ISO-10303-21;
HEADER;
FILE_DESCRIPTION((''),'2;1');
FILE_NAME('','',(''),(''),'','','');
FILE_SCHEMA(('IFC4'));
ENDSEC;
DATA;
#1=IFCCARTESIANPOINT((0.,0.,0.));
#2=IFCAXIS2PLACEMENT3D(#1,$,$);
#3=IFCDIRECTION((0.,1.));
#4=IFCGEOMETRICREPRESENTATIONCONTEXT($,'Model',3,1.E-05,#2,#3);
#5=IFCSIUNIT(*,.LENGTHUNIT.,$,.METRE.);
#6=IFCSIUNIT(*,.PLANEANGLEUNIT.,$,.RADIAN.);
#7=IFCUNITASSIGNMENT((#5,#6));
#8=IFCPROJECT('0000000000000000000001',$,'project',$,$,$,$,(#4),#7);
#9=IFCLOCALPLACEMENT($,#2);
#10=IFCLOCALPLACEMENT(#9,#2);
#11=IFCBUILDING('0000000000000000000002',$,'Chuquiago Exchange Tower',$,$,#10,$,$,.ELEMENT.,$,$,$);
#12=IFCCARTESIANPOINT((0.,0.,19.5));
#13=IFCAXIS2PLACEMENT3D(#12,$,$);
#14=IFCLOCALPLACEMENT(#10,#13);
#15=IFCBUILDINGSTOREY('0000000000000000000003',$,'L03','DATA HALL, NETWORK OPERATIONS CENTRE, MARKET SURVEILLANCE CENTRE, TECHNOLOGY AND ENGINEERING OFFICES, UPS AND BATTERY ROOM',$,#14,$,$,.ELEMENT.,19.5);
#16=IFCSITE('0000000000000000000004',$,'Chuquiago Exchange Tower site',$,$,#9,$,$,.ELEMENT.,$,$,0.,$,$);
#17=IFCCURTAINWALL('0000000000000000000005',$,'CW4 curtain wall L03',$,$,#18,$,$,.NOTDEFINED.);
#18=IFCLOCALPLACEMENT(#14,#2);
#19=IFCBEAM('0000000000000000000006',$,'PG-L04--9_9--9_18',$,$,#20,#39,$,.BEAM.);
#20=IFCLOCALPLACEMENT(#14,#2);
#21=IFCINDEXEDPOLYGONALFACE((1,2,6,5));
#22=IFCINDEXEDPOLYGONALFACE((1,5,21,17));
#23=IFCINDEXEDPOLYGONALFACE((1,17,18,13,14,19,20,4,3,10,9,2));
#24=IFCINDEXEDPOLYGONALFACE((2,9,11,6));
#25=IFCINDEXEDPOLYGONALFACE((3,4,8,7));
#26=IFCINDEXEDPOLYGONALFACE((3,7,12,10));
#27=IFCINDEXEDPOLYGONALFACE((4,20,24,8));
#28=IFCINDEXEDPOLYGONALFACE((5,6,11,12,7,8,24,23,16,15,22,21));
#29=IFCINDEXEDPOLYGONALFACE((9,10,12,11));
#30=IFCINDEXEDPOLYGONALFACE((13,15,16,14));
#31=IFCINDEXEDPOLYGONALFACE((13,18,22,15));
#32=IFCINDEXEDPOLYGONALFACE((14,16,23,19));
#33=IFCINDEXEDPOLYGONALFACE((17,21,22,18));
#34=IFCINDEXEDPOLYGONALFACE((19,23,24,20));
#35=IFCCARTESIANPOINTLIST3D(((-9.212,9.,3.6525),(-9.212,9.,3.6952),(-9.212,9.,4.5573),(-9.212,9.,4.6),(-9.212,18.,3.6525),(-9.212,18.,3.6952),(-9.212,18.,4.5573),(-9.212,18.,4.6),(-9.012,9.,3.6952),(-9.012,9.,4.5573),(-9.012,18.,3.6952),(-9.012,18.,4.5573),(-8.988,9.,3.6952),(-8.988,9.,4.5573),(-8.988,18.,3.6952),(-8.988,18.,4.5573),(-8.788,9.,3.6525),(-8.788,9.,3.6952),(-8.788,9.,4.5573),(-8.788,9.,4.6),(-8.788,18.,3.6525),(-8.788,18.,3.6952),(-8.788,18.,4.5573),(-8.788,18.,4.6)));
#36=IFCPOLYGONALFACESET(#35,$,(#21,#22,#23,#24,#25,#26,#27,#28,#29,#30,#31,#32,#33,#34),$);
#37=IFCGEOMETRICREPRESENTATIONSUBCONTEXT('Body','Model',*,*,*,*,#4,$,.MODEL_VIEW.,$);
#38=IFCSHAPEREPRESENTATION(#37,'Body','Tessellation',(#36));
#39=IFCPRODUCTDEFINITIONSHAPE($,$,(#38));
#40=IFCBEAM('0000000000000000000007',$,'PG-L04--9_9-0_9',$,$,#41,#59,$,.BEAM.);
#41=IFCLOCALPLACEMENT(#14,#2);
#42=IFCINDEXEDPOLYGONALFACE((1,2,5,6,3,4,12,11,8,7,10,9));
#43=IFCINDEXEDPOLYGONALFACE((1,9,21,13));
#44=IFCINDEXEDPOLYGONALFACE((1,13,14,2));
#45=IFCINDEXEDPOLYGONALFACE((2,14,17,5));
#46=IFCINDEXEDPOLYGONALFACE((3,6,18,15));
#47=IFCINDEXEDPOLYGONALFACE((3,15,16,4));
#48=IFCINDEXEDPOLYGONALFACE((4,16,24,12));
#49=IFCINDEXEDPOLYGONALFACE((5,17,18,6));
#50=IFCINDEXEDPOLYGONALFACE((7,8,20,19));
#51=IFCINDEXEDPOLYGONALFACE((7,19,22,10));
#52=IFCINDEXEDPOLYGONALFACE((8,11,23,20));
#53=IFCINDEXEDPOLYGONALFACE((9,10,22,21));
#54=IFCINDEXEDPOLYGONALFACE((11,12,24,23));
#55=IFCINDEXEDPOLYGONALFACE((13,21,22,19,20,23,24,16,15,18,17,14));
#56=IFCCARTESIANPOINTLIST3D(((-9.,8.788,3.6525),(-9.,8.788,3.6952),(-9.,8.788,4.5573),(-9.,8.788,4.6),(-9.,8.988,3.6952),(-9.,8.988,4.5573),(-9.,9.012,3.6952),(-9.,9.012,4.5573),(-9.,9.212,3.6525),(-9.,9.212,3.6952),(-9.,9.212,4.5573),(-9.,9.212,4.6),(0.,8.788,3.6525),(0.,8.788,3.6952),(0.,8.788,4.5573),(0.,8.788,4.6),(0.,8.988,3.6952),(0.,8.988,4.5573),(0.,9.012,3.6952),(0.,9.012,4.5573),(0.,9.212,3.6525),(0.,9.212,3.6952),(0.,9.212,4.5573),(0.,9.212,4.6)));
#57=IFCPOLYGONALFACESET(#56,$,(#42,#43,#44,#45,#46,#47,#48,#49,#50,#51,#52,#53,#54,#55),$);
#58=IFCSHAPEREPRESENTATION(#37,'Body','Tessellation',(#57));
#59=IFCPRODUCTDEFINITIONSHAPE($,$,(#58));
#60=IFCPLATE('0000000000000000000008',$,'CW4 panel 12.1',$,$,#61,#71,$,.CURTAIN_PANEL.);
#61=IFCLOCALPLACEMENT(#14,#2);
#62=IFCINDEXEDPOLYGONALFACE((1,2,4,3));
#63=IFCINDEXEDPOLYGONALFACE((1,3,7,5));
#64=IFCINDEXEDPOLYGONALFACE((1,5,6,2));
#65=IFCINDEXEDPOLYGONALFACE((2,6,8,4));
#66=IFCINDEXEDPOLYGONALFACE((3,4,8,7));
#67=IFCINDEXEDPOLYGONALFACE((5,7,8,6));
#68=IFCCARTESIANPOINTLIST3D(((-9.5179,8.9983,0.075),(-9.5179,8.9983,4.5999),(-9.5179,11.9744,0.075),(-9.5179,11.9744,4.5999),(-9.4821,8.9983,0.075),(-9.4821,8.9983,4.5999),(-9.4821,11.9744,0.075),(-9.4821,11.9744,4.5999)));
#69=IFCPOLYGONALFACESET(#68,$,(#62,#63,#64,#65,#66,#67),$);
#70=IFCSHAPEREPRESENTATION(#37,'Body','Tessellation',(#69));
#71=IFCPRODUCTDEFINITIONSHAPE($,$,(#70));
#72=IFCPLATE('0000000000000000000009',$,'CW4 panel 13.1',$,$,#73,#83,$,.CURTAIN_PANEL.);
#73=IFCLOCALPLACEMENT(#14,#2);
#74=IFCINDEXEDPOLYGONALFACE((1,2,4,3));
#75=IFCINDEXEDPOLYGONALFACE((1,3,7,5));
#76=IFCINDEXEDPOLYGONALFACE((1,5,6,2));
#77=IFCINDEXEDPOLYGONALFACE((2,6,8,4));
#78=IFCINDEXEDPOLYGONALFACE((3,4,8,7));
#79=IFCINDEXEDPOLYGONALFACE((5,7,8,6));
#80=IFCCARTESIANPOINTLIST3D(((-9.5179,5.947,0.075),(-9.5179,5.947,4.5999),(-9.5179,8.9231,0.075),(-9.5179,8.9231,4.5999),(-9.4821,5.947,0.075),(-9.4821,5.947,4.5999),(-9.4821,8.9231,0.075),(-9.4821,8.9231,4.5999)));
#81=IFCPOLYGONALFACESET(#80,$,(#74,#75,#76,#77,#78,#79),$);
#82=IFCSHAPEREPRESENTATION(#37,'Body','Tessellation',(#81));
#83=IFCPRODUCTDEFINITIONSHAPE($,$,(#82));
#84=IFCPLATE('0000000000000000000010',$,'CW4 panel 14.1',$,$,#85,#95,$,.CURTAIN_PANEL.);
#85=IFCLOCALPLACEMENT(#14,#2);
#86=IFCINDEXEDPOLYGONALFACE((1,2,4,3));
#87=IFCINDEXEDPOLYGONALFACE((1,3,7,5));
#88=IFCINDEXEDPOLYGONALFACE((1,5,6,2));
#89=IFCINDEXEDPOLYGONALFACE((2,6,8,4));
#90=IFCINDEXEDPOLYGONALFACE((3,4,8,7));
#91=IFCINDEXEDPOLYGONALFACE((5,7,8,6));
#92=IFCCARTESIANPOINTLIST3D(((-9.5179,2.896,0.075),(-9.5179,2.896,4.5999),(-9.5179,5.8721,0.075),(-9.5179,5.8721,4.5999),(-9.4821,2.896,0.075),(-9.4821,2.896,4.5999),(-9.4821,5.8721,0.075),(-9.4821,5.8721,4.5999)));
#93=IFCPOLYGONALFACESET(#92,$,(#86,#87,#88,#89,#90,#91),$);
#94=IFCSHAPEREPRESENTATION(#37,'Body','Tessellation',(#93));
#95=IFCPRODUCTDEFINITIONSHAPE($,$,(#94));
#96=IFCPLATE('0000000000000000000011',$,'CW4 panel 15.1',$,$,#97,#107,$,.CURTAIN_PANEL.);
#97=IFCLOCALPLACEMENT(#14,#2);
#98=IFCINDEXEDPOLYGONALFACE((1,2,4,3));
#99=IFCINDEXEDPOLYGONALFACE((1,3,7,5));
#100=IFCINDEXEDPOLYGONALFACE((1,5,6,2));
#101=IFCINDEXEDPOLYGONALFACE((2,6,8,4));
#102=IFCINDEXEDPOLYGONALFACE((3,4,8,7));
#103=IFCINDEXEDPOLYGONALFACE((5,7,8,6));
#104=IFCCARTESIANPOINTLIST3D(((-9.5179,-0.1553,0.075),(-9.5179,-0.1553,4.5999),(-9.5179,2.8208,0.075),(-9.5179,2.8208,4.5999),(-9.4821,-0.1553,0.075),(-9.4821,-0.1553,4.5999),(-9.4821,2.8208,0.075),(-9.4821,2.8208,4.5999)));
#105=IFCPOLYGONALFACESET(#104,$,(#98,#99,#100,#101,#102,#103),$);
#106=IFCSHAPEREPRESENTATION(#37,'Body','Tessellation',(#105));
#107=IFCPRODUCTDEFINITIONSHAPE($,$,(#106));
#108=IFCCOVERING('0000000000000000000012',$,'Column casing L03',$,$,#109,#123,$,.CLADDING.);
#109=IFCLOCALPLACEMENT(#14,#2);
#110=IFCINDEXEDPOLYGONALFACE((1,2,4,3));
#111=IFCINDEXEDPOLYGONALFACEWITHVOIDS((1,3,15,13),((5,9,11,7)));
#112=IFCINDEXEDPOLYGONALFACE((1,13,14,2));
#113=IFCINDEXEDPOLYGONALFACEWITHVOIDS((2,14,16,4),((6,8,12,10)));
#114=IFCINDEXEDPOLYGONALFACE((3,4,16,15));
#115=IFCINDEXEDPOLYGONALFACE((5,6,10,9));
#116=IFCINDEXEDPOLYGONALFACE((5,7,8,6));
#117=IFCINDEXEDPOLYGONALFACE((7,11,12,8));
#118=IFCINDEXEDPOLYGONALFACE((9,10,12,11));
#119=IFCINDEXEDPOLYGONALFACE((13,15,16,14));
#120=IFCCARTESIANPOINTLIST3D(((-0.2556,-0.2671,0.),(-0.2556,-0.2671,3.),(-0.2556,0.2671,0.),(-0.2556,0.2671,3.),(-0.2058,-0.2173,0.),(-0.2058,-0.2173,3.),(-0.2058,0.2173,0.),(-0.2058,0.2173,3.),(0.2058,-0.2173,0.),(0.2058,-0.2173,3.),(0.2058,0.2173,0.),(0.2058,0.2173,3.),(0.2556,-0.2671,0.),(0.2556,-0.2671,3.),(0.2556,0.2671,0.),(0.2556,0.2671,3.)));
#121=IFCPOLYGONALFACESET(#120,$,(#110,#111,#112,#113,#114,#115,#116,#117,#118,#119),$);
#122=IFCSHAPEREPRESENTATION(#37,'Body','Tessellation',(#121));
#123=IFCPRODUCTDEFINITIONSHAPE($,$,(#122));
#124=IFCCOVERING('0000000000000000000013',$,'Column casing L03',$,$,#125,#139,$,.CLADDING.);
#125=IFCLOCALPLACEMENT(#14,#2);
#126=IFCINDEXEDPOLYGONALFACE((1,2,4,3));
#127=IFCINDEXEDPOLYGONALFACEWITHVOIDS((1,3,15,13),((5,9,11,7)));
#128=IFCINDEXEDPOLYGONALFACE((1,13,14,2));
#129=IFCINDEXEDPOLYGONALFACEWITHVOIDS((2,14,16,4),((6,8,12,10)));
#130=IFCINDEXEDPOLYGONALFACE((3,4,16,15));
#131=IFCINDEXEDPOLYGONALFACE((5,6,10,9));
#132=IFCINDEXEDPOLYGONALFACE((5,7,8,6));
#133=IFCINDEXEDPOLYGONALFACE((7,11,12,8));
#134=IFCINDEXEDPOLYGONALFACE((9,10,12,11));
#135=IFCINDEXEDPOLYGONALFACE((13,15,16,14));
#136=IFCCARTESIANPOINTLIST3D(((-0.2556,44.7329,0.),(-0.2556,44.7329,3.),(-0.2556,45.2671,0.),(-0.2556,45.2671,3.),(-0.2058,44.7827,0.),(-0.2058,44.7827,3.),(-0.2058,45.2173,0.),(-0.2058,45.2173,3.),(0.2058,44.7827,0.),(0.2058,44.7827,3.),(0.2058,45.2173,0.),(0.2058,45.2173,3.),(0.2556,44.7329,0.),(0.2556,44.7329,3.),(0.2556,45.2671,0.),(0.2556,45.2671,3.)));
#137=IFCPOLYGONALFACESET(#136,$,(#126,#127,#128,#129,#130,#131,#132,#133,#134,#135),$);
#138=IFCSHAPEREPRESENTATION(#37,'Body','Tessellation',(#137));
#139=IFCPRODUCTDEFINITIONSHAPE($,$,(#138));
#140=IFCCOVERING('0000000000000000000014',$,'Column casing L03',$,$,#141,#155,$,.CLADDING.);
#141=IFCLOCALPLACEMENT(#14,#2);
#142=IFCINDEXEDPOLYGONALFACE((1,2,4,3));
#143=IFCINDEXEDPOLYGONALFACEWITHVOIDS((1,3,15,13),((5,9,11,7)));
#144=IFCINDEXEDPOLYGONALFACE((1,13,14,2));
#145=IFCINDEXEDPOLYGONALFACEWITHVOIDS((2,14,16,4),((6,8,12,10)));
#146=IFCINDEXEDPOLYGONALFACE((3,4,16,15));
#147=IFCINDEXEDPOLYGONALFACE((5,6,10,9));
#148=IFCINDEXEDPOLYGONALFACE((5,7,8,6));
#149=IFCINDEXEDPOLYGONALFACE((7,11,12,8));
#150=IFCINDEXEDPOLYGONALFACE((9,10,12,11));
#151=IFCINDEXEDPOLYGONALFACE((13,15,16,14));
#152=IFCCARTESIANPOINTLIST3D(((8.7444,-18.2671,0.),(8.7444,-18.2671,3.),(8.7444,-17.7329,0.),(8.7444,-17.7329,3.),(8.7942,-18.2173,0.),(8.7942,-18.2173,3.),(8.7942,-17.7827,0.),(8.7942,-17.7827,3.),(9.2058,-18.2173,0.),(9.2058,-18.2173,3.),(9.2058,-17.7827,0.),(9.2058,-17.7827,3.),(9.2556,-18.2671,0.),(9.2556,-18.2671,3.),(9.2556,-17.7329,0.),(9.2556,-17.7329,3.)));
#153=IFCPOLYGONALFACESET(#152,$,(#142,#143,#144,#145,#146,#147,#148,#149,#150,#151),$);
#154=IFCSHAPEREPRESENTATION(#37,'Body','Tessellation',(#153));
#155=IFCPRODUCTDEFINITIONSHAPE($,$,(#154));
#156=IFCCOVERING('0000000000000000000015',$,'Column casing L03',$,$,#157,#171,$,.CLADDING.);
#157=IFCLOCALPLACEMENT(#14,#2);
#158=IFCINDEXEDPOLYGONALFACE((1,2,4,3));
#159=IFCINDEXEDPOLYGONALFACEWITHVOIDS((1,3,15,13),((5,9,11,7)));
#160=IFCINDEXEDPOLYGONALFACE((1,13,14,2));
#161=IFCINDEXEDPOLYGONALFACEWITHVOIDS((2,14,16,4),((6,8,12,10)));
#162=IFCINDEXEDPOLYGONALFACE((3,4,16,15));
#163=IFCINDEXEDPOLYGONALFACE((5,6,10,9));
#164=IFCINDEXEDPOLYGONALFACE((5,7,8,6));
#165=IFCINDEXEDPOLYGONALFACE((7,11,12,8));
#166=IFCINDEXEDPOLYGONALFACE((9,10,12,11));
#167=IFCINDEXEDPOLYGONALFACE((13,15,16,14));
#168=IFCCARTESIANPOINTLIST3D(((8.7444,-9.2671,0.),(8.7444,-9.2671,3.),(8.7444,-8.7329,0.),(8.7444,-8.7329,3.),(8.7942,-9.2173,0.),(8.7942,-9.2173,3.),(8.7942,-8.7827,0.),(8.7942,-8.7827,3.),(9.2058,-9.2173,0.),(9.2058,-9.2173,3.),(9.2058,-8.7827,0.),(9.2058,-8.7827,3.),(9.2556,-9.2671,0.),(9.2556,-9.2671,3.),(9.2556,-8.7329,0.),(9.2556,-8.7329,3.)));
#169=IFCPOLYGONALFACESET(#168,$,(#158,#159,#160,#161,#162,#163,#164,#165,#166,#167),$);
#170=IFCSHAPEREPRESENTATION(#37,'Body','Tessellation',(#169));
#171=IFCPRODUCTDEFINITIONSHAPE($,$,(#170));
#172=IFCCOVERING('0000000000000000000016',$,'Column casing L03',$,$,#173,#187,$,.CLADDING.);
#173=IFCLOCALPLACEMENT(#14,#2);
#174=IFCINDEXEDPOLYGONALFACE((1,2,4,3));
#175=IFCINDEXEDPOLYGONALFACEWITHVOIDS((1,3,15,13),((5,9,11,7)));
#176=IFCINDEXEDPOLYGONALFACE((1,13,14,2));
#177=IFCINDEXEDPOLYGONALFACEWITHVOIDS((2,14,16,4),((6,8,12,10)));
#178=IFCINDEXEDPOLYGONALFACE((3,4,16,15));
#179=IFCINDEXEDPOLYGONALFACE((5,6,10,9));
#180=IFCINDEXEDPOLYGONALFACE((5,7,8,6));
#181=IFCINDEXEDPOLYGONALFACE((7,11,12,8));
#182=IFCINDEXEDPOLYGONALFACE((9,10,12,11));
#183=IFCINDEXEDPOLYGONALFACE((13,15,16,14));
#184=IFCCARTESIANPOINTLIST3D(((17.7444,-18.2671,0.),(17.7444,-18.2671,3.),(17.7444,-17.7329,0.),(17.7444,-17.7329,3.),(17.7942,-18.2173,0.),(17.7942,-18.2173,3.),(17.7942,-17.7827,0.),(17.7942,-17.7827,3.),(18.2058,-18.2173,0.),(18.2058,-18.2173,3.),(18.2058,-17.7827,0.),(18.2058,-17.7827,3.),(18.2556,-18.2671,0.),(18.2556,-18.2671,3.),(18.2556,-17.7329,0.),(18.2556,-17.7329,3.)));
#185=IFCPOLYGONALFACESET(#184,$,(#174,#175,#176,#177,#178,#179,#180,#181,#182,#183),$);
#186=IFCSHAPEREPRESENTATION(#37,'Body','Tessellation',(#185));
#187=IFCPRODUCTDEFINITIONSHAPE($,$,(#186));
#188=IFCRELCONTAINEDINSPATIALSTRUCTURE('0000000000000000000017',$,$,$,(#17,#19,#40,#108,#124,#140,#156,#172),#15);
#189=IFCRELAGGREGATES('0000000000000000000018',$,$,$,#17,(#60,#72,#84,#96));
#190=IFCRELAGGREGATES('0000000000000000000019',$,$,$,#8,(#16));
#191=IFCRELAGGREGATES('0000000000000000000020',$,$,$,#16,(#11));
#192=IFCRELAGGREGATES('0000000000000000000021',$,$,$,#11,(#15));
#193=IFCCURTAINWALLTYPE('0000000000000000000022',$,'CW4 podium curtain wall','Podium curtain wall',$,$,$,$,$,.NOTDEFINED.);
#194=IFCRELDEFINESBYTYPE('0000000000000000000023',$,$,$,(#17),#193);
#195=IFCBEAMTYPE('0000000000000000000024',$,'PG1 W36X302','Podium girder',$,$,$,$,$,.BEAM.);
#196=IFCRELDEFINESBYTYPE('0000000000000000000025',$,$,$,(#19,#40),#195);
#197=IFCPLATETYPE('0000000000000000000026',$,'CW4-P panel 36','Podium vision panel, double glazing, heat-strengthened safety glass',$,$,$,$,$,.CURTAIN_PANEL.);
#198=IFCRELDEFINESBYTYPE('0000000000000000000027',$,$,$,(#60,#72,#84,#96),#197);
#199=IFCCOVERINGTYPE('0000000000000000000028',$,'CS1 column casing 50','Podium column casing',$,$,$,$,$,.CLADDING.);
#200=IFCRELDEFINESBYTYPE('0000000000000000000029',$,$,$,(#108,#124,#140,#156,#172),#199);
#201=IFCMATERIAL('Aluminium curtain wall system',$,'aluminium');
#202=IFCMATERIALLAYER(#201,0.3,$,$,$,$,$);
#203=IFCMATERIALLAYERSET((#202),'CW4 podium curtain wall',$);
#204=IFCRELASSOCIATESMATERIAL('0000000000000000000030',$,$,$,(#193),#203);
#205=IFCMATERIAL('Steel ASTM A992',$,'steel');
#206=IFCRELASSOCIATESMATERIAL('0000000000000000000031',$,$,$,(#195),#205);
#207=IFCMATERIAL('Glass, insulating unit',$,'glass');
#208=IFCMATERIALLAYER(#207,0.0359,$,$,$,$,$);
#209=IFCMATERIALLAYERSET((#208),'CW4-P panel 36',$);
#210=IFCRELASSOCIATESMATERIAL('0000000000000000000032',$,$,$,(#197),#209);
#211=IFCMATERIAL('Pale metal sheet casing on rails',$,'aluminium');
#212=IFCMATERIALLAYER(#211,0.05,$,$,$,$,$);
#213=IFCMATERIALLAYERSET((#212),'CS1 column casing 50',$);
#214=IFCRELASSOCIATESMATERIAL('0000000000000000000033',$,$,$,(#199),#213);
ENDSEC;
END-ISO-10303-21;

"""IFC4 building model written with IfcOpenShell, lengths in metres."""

from ifc_helpers import new_model, si_unit, direction, frame, origin, origin_2d, place, context, subcontext, project, spatial, polyline, rectangle, i_section, outline, extrude, material, layer, layer_set, material_profile, profile_set, type_object, element, aggregate, save


model = new_model("IFC4")

# Units and contexts
model_context = context("Model", 3, precision=1e-05, world=origin(), true_north=direction((0.0, 1.0)))
body_context = subcontext(model_context, "Body", "Model", "MODEL_VIEW")
ifc_project = project(units=[si_unit("LENGTHUNIT", "METRE"), si_unit("PLANEANGLEUNIT", "RADIAN")], contexts=[model_context])

# Site, building, storey
site_placement = place(None, origin())
site = spatial("IfcSite", under=ifc_project, at=site_placement, Name="Chuquiago Exchange Tower site", CompositionType="ELEMENT", RefElevation=0.0)
building_placement = place(site_placement, origin())
building = spatial("IfcBuilding", under=site, at=building_placement, Name="Chuquiago Exchange Tower", CompositionType="ELEMENT")
storey_placement = place(building_placement, frame((0.0, 0.0, 19.5)))
storey = spatial("IfcBuildingStorey", under=building, at=storey_placement, Name="L03", Description="DATA HALL, NETWORK OPERATIONS CENTRE, MARKET SURVEILLANCE CENTRE, TECHNOLOGY AND ENGINEERING OFFICES, UPS AND BATTERY ROOM", CompositionType="ELEMENT", Elevation=19.5)

# Curtain wall
ifc_material_1 = material(Name="Aluminium curtain wall system", Category="aluminium")
ifc_layer_1 = layer(ifc_material_1, 0.3)
ifc_layer_set_1 = layer_set([ifc_layer_1], Name="CW4 podium curtain wall")
curtain_wall_type = type_object("IfcCurtainWallType", Name="CW4 podium curtain wall", Description="Podium curtain wall", PredefinedType="NOTDEFINED", material=ifc_layer_set_1)
curtain_wall_placement = place(storey_placement, origin())
curtain_wall = element("IfcCurtainWall", 1, at=curtain_wall_placement, inside=storey, type_object=curtain_wall_type, Name="CW4 curtain wall L03", PredefinedType="NOTDEFINED")

# Beams
ifc_material_2 = material(Name="Steel ASTM A992", Category="steel")
ifc_material_profile_1 = material_profile(ifc_material_2, i_section(OverallWidth=0.4241, OverallDepth=0.9475, WebThickness=0.0239, FlangeThickness=0.0427, at=origin_2d()), Name="W36X302")
ifc_profile_set_1 = profile_set([ifc_material_profile_1], Name="Steel ASTM A992")
beam_type_1 = type_object("IfcBeamType", Name="PG1 W36X302", Description="Podium girder", PredefinedType="BEAM", material=ifc_profile_set_1)
for number, where, z_axis, x_axis, name in (
    (2, (-9.0, 9.0, 4.1262), (0.0, 1.0, 0.0), (-1.0, 0.0, 0.0), "PG-L04--9_9--9_18"),
    (3, (-9.0, 9.0, 4.1262), (1.0, 0.0, 0.0), (0.0, 1.0, 0.0), "PG-L04--9_9-0_9"),
):
    element("IfcBeam", number, at=place(storey_placement, frame(where, z_axis=z_axis, x_axis=x_axis)), inside=storey, type_object=beam_type_1, Name=name, PredefinedType="BEAM", context=body_context, shape_type="SweptSolid", body=[
        extrude(i_section(OverallWidth=0.4241, OverallDepth=0.9475, WebThickness=0.0239, FlangeThickness=0.0427, at=origin_2d()), origin(), (0.0, 0.0, 1.0), 9.0),
    ])

# Plates
ifc_material_3 = material(Name="Glass, insulating unit", Category="glass")
ifc_layer_2 = layer(ifc_material_3, 0.0359)
ifc_layer_set_2 = layer_set([ifc_layer_2], Name="CW4-P panel 36")
plate_type = type_object("IfcPlateType", Name="CW4-P panel 36", Description="Podium vision panel, double glazing, heat-strengthened safety glass", PredefinedType="CURTAIN_PANEL", material=ifc_layer_set_2)
plate_1_placement = place(storey_placement, frame((-9.5, 10.4863, 0.075), z_axis=(0.0, 0.0, 1.0), x_axis=(0.0, -1.0, 0.0)))
plate_1 = element("IfcPlate", 4, at=plate_1_placement, type_object=plate_type, Name="CW4 panel 12.1", PredefinedType="CURTAIN_PANEL", context=body_context, shape_type="SweptSolid", body=[
    extrude(rectangle(XDim=2.9761, YDim=0.0359, at=origin_2d()), origin(), (0.0, 0.0, 1.0), 4.5249),
])
plate_2_placement = place(storey_placement, frame((-9.5, 7.4351, 0.075), z_axis=(0.0, 0.0, 1.0), x_axis=(0.0, -1.0, 0.0)))
plate_2 = element("IfcPlate", 5, at=plate_2_placement, type_object=plate_type, Name="CW4 panel 13.1", PredefinedType="CURTAIN_PANEL", context=body_context, shape_type="SweptSolid", body=[
    extrude(rectangle(XDim=2.9761, YDim=0.0359, at=origin_2d()), origin(), (0.0, 0.0, 1.0), 4.5249),
])
plate_3_placement = place(storey_placement, frame((-9.5, 4.384, 0.075), z_axis=(0.0, 0.0, 1.0), x_axis=(0.0, -1.0, 0.0)))
plate_3 = element("IfcPlate", 6, at=plate_3_placement, type_object=plate_type, Name="CW4 panel 14.1", PredefinedType="CURTAIN_PANEL", context=body_context, shape_type="SweptSolid", body=[
    extrude(rectangle(XDim=2.9761, YDim=0.0359, at=origin_2d()), origin(), (0.0, 0.0, 1.0), 4.5249),
])
plate_4_placement = place(storey_placement, frame((-9.5, 1.3328, 0.075), z_axis=(0.0, 0.0, 1.0), x_axis=(0.0, -1.0, 0.0)))
plate_4 = element("IfcPlate", 7, at=plate_4_placement, type_object=plate_type, Name="CW4 panel 15.1", PredefinedType="CURTAIN_PANEL", context=body_context, shape_type="SweptSolid", body=[
    extrude(rectangle(XDim=2.9761, YDim=0.0359, at=origin_2d()), origin(), (0.0, 0.0, 1.0), 4.5249),
])
aggregate(curtain_wall, [plate_1, plate_2, plate_3, plate_4])

# Coverings
ifc_material_4 = material(Name="Pale metal sheet casing on rails", Category="aluminium")
ifc_layer_3 = layer(ifc_material_4, 0.05)
ifc_layer_set_3 = layer_set([ifc_layer_3], Name="CS1 column casing 50")
covering_type = type_object("IfcCoveringType", Name="CS1 column casing 50", Description="Podium column casing", PredefinedType="CLADDING", material=ifc_layer_set_3)
covering_1_placement = place(storey_placement, origin())
element("IfcCovering", 8, at=covering_1_placement, inside=storey, type_object=covering_type, Name="Column casing L03", PredefinedType="CLADDING", context=body_context, shape_type="SweptSolid", body=[
    extrude(outline(polyline([(-0.2556, -0.2671), (0.2556, -0.2671), (0.2556, 0.2671), (-0.2556, 0.2671), (-0.2556, -0.2671)]), holes=[polyline([(-0.2058, -0.2173), (-0.2058, 0.2173), (0.2058, 0.2173), (0.2058, -0.2173), (-0.2058, -0.2173)])]), origin(), (0.0, 0.0, 1.0), 3.0),
])
covering_2_placement = place(storey_placement, origin())
element("IfcCovering", 9, at=covering_2_placement, inside=storey, type_object=covering_type, Name="Column casing L03", PredefinedType="CLADDING", context=body_context, shape_type="SweptSolid", body=[
    extrude(outline(polyline([(-0.2556, 44.7329), (0.2556, 44.7329), (0.2556, 45.2671), (-0.2556, 45.2671), (-0.2556, 44.7329)]), holes=[polyline([(-0.2058, 44.7827), (-0.2058, 45.2173), (0.2058, 45.2173), (0.2058, 44.7827), (-0.2058, 44.7827)])]), origin(), (0.0, 0.0, 1.0), 3.0),
])
covering_3_placement = place(storey_placement, origin())
element("IfcCovering", 10, at=covering_3_placement, inside=storey, type_object=covering_type, Name="Column casing L03", PredefinedType="CLADDING", context=body_context, shape_type="SweptSolid", body=[
    extrude(outline(polyline([(8.7444, -18.2671), (9.2556, -18.2671), (9.2556, -17.7329), (8.7444, -17.7329), (8.7444, -18.2671)]), holes=[polyline([(8.7942, -18.2173), (8.7942, -17.7827), (9.2058, -17.7827), (9.2058, -18.2173), (8.7942, -18.2173)])]), origin(), (0.0, 0.0, 1.0), 3.0),
])
covering_4_placement = place(storey_placement, origin())
element("IfcCovering", 11, at=covering_4_placement, inside=storey, type_object=covering_type, Name="Column casing L03", PredefinedType="CLADDING", context=body_context, shape_type="SweptSolid", body=[
    extrude(outline(polyline([(8.7444, -9.2671), (9.2556, -9.2671), (9.2556, -8.7329), (8.7444, -8.7329), (8.7444, -9.2671)]), holes=[polyline([(8.7942, -9.2173), (8.7942, -8.7827), (9.2058, -8.7827), (9.2058, -9.2173), (8.7942, -9.2173)])]), origin(), (0.0, 0.0, 1.0), 3.0),
])
covering_5_placement = place(storey_placement, origin())
element("IfcCovering", 12, at=covering_5_placement, inside=storey, type_object=covering_type, Name="Column casing L03", PredefinedType="CLADDING", context=body_context, shape_type="SweptSolid", body=[
    extrude(outline(polyline([(17.7444, -18.2671), (18.2556, -18.2671), (18.2556, -17.7329), (17.7444, -17.7329), (17.7444, -18.2671)]), holes=[polyline([(17.7942, -18.2173), (17.7942, -17.7827), (18.2058, -17.7827), (18.2058, -18.2173), (17.7942, -18.2173)])]), origin(), (0.0, 0.0, 1.0), 3.0),
])

save(model, "model.ifc")
